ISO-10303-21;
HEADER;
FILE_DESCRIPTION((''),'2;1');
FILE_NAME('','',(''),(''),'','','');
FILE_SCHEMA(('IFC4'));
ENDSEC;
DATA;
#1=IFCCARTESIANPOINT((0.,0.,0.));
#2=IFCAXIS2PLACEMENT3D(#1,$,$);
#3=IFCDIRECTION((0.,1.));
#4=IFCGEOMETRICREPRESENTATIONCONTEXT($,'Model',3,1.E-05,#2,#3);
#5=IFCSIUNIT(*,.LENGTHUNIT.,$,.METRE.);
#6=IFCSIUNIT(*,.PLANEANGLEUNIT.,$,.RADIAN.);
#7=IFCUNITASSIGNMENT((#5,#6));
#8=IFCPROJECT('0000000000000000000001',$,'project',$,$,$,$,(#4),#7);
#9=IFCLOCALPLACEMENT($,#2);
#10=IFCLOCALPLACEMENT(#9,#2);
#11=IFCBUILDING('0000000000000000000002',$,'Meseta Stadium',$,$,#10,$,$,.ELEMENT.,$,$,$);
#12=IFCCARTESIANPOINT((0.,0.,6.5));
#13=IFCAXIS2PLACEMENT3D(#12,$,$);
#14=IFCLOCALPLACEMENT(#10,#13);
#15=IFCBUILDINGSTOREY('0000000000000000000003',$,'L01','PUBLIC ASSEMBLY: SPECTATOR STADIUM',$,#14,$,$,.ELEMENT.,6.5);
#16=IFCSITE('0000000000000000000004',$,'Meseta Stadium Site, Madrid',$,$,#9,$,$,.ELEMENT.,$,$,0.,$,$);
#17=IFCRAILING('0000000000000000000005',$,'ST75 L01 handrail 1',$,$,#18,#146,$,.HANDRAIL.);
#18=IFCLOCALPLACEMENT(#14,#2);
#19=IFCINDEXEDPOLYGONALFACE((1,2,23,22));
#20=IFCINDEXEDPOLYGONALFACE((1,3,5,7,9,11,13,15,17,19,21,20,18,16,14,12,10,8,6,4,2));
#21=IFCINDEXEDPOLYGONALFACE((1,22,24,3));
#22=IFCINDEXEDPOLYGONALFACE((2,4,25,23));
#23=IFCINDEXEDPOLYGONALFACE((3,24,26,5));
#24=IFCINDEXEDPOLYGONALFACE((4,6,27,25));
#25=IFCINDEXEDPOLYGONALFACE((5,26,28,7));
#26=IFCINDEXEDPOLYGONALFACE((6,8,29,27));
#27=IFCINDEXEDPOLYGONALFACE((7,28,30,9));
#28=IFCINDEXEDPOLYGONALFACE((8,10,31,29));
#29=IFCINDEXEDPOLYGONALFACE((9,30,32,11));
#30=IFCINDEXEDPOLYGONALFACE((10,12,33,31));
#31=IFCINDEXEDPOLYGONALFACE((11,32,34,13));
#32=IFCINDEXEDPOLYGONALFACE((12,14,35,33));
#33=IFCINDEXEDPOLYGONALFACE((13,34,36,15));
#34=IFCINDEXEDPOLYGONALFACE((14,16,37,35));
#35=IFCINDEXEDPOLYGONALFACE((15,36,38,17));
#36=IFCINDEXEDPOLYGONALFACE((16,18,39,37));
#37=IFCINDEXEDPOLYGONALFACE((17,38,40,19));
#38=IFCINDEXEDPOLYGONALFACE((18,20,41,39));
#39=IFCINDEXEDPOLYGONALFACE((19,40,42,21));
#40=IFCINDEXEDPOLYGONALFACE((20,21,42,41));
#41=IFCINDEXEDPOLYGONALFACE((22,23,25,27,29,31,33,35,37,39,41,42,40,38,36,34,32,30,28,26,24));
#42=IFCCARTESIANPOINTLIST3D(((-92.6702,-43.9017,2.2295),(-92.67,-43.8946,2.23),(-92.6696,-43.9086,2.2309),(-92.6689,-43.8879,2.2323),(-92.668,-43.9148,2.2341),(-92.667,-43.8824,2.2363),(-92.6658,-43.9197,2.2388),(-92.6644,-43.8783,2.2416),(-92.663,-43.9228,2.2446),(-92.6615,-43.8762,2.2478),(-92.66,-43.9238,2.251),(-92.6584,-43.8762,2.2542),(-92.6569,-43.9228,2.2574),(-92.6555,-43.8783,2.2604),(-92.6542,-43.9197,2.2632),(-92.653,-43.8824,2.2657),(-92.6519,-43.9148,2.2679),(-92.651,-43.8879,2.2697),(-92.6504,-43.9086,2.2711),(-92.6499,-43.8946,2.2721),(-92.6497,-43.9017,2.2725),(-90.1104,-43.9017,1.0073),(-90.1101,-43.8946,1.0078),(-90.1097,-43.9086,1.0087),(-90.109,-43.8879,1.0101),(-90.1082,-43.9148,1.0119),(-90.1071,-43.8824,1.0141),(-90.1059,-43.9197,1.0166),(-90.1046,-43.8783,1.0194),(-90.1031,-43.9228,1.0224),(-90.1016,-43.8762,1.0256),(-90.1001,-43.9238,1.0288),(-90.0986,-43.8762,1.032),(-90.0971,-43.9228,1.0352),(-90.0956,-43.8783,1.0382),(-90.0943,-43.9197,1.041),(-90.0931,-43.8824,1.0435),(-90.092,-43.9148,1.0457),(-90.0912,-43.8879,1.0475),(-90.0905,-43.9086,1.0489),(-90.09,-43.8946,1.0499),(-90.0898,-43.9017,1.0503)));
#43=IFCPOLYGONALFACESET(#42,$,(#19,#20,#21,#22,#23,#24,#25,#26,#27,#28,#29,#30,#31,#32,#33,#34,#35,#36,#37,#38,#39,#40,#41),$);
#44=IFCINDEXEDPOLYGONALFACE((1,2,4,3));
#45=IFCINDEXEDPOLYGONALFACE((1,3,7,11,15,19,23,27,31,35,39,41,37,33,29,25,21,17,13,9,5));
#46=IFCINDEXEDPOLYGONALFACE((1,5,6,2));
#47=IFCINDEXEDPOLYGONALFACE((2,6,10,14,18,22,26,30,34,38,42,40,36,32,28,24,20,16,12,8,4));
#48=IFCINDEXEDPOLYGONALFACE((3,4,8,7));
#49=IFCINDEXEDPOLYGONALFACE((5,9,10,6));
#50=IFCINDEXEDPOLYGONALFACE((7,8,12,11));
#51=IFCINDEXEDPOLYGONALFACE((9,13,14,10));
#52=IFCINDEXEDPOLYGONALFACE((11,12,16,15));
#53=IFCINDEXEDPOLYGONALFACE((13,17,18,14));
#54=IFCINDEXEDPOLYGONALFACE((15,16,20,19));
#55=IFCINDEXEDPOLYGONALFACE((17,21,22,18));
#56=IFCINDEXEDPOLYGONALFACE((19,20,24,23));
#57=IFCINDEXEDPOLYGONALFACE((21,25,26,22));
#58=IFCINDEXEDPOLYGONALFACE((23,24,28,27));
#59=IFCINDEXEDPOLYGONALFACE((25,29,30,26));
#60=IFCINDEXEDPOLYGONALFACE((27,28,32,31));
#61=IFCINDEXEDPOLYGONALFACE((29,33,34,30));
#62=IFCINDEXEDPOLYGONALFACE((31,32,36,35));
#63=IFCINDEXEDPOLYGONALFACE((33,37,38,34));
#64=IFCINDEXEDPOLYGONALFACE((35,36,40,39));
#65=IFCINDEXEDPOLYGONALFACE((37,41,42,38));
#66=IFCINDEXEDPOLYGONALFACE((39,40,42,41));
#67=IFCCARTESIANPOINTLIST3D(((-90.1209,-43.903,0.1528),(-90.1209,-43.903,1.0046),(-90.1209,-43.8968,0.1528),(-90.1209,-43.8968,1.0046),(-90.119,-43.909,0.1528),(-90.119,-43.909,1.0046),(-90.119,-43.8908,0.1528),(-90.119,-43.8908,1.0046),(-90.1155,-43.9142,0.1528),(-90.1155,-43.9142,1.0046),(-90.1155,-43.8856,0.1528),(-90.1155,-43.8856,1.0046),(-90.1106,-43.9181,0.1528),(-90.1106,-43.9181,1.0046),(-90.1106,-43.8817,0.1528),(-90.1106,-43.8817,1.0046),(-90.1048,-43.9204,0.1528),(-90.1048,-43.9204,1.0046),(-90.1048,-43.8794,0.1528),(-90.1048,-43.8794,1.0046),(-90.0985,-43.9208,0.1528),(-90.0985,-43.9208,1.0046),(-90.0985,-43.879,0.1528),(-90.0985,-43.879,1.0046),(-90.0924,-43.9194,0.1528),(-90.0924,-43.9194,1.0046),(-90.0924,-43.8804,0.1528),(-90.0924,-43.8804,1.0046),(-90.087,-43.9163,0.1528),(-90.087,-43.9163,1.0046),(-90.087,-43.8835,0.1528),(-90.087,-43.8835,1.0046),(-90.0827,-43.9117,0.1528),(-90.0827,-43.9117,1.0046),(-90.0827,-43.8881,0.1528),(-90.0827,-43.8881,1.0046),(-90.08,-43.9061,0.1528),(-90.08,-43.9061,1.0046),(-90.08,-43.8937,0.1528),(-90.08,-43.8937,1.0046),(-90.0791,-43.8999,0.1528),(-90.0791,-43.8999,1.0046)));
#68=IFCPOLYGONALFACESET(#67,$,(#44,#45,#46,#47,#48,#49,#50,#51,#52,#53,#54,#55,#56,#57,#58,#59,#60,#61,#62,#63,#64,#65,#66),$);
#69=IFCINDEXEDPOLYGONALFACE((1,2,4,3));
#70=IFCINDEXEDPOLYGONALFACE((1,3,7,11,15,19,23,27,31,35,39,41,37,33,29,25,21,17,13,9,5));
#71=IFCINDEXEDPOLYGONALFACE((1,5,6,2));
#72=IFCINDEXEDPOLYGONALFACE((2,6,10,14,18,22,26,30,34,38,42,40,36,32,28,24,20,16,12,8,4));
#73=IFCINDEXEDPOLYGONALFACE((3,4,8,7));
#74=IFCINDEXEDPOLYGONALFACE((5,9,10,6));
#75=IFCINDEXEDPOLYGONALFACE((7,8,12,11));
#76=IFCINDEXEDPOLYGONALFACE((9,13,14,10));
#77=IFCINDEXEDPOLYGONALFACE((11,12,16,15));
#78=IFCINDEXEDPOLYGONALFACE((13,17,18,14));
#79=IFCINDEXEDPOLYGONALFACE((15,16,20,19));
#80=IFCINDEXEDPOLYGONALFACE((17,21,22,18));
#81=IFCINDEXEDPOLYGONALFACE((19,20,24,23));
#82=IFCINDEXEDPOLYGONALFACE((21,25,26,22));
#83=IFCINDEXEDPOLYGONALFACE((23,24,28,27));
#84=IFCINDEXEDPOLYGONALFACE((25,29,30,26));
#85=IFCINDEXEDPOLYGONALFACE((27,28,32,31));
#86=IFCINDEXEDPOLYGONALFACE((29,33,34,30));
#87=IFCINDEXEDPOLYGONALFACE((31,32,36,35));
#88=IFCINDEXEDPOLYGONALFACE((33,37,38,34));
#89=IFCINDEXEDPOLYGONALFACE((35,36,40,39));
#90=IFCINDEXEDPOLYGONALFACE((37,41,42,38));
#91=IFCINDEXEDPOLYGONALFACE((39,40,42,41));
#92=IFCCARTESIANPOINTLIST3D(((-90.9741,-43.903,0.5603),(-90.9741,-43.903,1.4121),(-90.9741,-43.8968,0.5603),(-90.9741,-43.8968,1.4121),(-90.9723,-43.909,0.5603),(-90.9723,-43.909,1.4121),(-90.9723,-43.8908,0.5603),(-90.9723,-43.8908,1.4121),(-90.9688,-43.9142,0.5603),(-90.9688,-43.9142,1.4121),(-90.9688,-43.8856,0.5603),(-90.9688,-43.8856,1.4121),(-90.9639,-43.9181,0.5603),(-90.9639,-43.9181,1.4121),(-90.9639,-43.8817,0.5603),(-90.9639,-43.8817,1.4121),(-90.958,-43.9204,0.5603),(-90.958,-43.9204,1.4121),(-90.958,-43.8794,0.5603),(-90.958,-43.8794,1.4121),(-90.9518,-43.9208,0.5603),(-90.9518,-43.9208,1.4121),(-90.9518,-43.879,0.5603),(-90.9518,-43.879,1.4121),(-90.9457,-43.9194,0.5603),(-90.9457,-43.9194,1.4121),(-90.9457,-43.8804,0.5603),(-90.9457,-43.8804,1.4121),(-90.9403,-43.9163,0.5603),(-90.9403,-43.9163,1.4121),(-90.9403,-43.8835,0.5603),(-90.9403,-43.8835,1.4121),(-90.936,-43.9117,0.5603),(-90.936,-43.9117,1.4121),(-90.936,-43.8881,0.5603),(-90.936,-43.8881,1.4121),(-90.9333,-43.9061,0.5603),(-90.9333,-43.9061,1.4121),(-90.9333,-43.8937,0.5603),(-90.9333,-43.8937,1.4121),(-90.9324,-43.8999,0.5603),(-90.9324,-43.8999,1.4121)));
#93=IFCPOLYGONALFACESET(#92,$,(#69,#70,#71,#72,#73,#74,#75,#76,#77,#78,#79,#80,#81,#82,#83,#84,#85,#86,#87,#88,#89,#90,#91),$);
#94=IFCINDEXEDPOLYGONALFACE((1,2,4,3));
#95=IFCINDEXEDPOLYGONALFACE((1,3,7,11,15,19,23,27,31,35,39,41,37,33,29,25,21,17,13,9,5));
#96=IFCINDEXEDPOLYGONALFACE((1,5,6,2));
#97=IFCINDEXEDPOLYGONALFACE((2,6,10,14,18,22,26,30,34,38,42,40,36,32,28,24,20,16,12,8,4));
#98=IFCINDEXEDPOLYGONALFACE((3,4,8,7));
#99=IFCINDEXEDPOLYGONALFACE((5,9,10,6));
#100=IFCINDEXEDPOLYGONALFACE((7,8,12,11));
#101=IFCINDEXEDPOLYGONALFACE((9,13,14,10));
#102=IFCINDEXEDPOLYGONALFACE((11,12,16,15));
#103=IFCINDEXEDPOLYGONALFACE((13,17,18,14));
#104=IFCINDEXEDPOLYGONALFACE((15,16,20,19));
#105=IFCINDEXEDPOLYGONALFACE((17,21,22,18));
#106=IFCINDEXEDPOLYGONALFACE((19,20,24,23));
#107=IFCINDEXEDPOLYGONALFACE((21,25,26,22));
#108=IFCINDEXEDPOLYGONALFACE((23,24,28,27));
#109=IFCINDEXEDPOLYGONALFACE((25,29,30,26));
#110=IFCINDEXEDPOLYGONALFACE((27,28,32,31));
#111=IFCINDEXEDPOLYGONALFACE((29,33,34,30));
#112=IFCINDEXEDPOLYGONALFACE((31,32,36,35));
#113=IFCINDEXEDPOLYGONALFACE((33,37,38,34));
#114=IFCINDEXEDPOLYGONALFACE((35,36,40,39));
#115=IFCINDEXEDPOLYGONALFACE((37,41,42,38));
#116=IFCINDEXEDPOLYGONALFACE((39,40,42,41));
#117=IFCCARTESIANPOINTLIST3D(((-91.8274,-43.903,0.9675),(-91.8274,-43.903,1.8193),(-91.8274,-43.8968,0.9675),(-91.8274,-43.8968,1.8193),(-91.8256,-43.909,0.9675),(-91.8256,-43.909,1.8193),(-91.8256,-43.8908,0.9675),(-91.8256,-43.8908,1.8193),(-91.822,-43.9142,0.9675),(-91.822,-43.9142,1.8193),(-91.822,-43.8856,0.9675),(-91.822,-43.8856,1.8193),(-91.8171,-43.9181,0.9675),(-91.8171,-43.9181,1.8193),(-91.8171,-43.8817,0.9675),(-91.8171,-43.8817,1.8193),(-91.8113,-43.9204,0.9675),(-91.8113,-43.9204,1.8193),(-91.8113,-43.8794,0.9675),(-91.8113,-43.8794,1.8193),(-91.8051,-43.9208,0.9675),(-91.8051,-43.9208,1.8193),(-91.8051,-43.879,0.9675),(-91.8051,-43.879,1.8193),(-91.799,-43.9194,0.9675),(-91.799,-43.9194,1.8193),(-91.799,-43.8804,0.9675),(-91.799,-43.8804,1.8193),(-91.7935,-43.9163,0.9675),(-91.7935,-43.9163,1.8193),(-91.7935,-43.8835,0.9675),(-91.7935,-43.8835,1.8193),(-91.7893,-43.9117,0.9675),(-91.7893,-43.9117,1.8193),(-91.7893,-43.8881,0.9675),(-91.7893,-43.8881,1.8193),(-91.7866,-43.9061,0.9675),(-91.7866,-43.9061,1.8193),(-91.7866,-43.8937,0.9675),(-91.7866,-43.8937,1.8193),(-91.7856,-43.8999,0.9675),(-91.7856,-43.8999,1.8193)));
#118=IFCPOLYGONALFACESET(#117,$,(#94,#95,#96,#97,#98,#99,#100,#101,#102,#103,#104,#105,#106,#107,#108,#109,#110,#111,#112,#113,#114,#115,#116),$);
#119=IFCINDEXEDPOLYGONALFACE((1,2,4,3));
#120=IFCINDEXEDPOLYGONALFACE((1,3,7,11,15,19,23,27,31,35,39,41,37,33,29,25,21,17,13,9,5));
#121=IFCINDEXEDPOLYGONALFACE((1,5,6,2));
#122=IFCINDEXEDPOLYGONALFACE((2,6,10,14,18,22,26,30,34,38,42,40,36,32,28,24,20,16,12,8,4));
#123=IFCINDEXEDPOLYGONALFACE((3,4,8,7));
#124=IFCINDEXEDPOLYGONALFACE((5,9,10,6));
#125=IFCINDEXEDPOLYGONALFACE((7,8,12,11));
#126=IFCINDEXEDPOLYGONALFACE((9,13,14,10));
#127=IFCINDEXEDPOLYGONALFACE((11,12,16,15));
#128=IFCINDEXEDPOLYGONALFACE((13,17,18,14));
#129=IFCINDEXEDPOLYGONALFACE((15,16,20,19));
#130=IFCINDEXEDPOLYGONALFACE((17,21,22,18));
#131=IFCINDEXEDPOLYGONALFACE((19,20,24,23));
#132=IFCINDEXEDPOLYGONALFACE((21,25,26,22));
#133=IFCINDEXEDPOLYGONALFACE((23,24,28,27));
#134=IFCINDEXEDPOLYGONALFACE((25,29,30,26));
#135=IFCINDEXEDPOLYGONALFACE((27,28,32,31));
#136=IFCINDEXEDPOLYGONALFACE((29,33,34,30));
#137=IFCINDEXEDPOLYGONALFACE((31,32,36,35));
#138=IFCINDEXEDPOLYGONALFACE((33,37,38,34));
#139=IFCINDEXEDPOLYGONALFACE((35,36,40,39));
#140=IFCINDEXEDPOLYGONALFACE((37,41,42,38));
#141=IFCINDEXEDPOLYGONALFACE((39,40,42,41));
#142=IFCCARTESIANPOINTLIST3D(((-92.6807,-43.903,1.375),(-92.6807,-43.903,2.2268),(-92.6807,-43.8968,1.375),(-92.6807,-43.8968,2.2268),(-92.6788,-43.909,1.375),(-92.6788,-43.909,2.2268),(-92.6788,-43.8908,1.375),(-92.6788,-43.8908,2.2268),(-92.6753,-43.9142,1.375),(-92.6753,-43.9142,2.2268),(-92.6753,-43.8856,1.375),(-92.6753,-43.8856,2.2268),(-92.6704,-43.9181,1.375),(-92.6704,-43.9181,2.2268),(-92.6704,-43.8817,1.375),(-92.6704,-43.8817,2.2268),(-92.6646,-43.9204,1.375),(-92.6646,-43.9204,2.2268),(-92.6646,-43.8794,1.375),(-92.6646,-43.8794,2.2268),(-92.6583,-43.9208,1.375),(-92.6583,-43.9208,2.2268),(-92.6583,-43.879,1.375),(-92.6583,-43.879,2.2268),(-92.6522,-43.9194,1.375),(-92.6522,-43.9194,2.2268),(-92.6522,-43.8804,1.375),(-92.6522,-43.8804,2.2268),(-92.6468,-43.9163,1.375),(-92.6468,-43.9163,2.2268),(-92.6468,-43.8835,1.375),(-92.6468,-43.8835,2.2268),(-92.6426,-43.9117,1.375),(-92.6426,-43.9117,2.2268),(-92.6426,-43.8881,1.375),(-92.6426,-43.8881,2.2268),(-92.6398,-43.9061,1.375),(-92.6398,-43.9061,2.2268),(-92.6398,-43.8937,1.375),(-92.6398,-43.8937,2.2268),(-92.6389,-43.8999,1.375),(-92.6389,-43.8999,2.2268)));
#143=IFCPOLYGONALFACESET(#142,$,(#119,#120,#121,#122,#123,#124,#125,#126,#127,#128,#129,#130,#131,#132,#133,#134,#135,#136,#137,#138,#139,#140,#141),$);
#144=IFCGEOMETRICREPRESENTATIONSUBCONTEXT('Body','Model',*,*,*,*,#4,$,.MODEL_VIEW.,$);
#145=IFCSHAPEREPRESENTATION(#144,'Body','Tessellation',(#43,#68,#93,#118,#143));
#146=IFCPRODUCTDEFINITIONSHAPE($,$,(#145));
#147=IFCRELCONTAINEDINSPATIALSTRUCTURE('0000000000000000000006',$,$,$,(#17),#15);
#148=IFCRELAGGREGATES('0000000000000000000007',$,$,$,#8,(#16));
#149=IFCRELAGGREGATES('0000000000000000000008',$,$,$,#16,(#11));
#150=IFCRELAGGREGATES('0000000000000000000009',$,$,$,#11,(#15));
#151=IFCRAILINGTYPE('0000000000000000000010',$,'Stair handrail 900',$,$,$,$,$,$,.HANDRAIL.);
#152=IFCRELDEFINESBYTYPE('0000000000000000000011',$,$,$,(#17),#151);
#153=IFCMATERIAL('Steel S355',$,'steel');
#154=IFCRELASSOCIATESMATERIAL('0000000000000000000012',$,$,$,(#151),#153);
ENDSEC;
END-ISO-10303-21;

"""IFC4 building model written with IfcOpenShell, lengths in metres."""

from ifc_helpers import new_model, si_unit, direction, frame, origin, origin_2d, place, context, subcontext, project, spatial, circle, extrude, material, type_object, element, save


model = new_model("IFC4")

# Units and contexts
model_context = context("Model", 3, precision=1e-05, world=origin(), true_north=direction((0.0, 1.0)))
body_context = subcontext(model_context, "Body", "Model", "MODEL_VIEW")
ifc_project = project(units=[si_unit("LENGTHUNIT", "METRE"), si_unit("PLANEANGLEUNIT", "RADIAN")], contexts=[model_context])

# Site, building, storey
site_placement = place(None, origin())
site = spatial("IfcSite", under=ifc_project, at=site_placement, Name="Meseta Stadium Site, Madrid", CompositionType="ELEMENT", RefElevation=0.0)
building_placement = place(site_placement, origin())
building = spatial("IfcBuilding", under=site, at=building_placement, Name="Meseta Stadium", CompositionType="ELEMENT")
storey_placement = place(building_placement, frame((0.0, 0.0, 6.5)))
storey = spatial("IfcBuildingStorey", under=building, at=storey_placement, Name="L01", Description="PUBLIC ASSEMBLY: SPECTATOR STADIUM", CompositionType="ELEMENT", Elevation=6.5)

# Railing
ifc_material_1 = material(Name="Steel S355", Category="steel")
railing_type_1 = type_object("IfcRailingType", Name="Stair handrail 900", PredefinedType="HANDRAIL", material=ifc_material_1)
for number, where, name in (
    (1, (-90.1001, -43.8999, 0.1528), "ST75 L01 handrail 1"),
):
    element("IfcRailing", number, at=place(storey_placement, frame(where)), inside=storey, type_object=railing_type_1, Name=name, PredefinedType="HANDRAIL", context=body_context, shape_type="SweptSolid", body=[
        extrude(circle(Radius=0.0239, at=origin_2d()), frame((0.0, 0.0, 0.876), z_axis=(-0.902421, 0.0, 0.430855), x_axis=(0.0, -1.0, 0.0)), (0.0, 0.0, 1.0), 2.8367),
        extrude(circle(Radius=0.021, at=origin_2d()), origin(), (0.0, 0.0, 1.0), 0.8518),
        extrude(circle(Radius=0.021, at=origin_2d()), frame((-0.8533, 0.0, 0.4075)), (0.0, 0.0, 1.0), 0.8518),
        extrude(circle(Radius=0.021, at=origin_2d()), frame((-1.7065, 0.0, 0.8147)), (0.0, 0.0, 1.0), 0.8518),
        extrude(circle(Radius=0.021, at=origin_2d()), frame((-2.5598, 0.0, 1.2222)), (0.0, 0.0, 1.0), 0.8518),
    ])

save(model, "model.ifc")
